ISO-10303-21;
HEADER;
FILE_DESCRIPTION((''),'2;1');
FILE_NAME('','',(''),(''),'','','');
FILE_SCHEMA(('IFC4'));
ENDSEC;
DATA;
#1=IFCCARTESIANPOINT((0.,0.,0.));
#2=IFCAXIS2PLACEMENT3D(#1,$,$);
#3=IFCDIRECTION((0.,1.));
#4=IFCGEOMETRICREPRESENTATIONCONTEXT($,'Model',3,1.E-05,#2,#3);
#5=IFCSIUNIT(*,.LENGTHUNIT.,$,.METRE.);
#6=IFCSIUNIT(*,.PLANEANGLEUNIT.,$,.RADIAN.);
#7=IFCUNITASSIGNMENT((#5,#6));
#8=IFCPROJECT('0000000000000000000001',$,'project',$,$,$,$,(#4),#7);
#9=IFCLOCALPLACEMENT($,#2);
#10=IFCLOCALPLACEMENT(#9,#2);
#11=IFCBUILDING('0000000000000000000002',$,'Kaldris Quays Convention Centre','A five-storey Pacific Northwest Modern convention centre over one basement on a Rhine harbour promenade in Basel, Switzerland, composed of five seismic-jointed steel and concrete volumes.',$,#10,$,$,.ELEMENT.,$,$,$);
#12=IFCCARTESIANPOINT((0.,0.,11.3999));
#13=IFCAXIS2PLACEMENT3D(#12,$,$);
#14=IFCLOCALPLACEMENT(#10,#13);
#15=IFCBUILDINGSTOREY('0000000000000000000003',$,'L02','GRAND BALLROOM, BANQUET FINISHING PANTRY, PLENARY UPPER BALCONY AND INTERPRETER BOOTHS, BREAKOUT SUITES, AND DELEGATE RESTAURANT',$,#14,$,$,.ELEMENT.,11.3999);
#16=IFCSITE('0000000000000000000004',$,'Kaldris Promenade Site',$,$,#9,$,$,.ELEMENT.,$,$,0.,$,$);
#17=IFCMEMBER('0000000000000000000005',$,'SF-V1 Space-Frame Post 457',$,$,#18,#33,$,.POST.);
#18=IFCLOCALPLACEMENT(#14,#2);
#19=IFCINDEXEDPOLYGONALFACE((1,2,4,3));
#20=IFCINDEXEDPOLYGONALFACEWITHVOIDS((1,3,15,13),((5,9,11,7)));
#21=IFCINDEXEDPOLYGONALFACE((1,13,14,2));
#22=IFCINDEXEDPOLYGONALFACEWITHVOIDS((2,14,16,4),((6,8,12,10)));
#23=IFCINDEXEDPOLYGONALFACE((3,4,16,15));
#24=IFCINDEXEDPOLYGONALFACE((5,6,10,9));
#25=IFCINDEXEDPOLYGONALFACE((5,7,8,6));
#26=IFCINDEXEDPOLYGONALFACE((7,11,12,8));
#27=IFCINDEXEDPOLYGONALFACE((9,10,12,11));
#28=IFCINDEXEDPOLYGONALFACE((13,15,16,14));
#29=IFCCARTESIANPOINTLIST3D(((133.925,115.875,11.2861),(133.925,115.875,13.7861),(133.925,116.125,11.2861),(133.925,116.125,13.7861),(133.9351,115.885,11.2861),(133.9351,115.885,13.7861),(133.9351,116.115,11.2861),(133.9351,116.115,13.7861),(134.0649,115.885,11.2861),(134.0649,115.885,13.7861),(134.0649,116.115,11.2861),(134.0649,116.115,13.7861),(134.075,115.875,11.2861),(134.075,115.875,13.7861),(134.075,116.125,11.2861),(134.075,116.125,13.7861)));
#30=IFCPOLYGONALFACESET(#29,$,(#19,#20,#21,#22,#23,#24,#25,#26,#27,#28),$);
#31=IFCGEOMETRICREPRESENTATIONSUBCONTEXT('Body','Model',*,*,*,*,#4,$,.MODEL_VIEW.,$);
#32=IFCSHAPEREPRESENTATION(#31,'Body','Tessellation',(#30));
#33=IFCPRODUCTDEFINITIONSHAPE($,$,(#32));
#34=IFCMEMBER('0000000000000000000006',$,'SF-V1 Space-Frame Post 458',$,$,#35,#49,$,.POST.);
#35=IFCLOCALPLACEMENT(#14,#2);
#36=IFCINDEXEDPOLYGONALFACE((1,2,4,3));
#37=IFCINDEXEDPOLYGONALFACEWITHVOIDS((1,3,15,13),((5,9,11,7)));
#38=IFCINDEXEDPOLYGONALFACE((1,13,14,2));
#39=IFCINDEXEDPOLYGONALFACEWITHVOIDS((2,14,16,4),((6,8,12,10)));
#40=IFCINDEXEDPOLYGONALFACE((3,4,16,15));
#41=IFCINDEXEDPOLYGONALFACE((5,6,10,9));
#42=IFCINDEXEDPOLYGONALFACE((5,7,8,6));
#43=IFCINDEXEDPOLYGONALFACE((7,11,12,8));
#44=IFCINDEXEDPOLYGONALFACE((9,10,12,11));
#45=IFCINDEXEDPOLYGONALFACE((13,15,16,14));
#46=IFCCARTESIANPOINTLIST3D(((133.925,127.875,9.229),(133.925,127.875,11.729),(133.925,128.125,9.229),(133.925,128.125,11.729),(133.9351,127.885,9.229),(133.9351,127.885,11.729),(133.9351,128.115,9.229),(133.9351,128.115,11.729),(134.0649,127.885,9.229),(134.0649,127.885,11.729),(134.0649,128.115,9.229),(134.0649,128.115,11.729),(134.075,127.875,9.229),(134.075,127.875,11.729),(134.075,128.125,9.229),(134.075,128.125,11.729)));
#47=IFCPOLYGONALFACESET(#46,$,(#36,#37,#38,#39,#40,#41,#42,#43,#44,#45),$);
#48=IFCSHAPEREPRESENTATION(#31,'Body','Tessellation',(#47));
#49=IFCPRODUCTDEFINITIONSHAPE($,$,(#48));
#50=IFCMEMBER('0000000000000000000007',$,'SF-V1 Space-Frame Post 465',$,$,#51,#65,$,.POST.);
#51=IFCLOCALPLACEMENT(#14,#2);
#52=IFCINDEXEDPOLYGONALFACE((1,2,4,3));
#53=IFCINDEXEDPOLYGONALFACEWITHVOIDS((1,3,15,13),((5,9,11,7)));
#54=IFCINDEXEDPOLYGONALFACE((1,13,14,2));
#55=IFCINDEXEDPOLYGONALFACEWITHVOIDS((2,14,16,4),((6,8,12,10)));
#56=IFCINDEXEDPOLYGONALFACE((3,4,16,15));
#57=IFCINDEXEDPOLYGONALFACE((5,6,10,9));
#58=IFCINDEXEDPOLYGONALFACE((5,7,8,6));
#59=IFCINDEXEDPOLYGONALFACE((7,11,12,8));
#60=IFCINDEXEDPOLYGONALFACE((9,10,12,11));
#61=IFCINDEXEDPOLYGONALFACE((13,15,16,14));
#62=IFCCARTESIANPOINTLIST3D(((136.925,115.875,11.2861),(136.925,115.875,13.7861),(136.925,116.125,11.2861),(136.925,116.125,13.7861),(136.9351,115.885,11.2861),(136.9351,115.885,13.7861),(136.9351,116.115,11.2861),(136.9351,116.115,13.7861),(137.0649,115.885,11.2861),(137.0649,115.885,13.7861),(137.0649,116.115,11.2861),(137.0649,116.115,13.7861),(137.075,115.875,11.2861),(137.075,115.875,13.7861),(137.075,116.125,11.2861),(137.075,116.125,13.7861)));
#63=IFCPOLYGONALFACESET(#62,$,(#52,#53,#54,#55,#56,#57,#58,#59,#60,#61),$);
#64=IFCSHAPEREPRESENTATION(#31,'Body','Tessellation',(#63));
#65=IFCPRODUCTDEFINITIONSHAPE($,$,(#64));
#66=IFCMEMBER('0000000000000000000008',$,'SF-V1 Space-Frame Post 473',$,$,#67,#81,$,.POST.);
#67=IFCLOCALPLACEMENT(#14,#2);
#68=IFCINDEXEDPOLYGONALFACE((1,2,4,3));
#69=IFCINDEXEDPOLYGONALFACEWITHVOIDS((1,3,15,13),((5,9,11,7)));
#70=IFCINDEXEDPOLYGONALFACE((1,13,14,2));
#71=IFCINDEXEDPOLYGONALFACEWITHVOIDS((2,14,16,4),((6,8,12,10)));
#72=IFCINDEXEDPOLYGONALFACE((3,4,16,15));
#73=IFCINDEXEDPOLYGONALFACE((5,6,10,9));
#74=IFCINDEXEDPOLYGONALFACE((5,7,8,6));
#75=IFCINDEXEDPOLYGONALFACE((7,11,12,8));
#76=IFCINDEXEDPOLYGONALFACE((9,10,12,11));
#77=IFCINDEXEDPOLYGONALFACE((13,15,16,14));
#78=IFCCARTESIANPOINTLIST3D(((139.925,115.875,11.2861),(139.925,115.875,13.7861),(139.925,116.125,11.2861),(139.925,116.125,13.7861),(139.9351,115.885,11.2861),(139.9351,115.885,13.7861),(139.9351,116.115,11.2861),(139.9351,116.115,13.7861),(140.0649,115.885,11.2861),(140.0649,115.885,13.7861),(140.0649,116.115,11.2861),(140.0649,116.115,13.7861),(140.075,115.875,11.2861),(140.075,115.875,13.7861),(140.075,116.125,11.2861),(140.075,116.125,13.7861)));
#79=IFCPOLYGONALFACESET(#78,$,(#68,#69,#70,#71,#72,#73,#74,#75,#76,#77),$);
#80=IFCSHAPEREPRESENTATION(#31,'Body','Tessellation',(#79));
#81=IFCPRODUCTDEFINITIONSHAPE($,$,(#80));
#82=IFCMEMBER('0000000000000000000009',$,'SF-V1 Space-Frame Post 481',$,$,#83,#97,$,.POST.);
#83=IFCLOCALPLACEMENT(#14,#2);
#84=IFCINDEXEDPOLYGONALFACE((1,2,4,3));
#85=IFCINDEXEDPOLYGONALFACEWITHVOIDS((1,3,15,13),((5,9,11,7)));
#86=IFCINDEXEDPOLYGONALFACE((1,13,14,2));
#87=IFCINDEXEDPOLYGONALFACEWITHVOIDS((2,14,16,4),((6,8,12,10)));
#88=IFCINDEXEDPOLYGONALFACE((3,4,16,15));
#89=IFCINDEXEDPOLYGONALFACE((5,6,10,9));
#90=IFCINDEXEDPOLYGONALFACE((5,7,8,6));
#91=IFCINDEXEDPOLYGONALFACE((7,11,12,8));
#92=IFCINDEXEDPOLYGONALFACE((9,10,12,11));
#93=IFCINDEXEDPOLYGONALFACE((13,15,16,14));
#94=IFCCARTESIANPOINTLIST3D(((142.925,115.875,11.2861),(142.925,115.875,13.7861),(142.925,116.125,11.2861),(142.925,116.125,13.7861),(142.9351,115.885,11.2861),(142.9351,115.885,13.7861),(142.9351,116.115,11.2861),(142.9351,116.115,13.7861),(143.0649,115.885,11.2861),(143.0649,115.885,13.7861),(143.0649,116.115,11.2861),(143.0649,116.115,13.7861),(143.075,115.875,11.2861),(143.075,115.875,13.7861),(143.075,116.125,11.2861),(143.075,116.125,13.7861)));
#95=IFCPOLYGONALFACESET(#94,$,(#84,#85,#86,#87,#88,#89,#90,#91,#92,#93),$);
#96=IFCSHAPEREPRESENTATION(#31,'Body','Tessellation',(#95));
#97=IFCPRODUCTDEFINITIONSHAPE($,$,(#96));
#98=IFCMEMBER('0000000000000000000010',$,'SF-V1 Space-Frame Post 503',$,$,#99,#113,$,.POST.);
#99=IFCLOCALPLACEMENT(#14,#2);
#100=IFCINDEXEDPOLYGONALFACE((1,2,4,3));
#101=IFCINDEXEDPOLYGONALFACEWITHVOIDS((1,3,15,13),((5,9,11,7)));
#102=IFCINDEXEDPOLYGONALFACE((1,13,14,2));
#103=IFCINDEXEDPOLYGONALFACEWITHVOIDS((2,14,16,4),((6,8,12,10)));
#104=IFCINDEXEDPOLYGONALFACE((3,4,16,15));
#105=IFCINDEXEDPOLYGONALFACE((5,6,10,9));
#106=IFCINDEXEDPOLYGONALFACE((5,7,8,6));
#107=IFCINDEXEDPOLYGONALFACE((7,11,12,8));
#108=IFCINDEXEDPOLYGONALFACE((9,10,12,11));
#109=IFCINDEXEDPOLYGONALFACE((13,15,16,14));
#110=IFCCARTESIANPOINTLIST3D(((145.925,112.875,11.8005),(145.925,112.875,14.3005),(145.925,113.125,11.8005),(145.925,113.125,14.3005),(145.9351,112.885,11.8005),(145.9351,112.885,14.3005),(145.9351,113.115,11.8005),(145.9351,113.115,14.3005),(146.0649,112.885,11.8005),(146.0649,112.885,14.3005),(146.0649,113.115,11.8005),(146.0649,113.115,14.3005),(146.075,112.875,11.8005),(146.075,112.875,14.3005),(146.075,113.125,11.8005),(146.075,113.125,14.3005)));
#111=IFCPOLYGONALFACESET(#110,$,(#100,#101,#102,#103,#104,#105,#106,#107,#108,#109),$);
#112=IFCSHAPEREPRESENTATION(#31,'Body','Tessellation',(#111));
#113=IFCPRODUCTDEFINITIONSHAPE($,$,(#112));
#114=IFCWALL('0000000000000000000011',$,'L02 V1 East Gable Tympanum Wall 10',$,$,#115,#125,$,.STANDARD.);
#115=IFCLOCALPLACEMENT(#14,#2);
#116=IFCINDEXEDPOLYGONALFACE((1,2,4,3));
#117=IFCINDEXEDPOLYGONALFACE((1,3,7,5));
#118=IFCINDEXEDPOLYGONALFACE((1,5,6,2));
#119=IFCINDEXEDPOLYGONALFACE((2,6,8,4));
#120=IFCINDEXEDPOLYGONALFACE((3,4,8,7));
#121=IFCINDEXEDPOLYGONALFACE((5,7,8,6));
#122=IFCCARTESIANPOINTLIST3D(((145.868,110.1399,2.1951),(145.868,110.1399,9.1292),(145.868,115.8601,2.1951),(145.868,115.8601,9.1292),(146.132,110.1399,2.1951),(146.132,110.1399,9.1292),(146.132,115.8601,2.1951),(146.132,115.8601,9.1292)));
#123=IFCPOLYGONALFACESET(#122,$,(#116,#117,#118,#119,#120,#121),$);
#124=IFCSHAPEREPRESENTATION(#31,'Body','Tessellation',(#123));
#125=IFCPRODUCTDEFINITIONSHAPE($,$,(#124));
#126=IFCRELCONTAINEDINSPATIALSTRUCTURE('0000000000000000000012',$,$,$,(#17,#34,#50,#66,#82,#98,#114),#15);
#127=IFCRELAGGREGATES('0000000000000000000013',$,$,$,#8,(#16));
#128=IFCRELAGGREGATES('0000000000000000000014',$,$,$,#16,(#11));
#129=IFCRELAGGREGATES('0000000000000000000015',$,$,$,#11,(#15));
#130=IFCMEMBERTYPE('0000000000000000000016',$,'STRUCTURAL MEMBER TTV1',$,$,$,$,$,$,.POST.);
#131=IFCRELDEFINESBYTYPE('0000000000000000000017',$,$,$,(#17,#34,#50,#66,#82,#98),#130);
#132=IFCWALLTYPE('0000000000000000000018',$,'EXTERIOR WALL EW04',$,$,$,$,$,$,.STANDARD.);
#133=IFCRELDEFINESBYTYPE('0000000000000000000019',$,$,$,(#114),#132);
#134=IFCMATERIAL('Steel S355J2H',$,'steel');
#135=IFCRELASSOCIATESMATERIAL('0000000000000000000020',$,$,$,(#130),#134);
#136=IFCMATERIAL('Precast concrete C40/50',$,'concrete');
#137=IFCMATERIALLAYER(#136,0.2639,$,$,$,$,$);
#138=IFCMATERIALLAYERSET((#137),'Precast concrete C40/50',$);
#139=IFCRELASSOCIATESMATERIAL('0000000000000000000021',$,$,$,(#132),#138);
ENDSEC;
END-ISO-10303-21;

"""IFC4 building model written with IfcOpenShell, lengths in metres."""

from ifc_helpers import new_model, si_unit, direction, frame, frame_2d, origin, origin_2d, place, context, subcontext, project, spatial, rectangle, hollow_rectangle, extrude, material, layer, layer_set, material_profile, profile_set, type_object, element, save


model = new_model("IFC4")

# Units and contexts
model_context = context("Model", 3, precision=1e-05, world=origin(), true_north=direction((0.0, 1.0)))
body_context = subcontext(model_context, "Body", "Model", "MODEL_VIEW")
ifc_project = project(units=[si_unit("LENGTHUNIT", "METRE"), si_unit("PLANEANGLEUNIT", "RADIAN")], contexts=[model_context])

# Site, building, storey
site_placement = place(None, origin())
site = spatial("IfcSite", under=ifc_project, at=site_placement, Name="Kaldris Promenade Site", CompositionType="ELEMENT", RefElevation=0.0)
building_placement = place(site_placement, origin())
building = spatial("IfcBuilding", under=site, at=building_placement, Name="Kaldris Quays Convention Centre", Description="A five-storey Pacific Northwest Modern convention centre over one basement on a Rhine harbour promenade in Basel, Switzerland, composed of five seismic-jointed steel and concrete volumes.", CompositionType="ELEMENT")
storey_placement = place(building_placement, frame((0.0, 0.0, 11.3999)))
storey = spatial("IfcBuildingStorey", under=building, at=storey_placement, Name="L02", Description="GRAND BALLROOM, BANQUET FINISHING PANTRY, PLENARY UPPER BALCONY AND INTERPRETER BOOTHS, BREAKOUT SUITES, AND DELEGATE RESTAURANT", CompositionType="ELEMENT", Elevation=11.3999)

# Members
ifc_material_1 = material(Name="Steel S355J2H", Category="steel")
ifc_material_profile_1 = material_profile(ifc_material_1, hollow_rectangle(XDim=0.1499, YDim=0.25, WallThickness=0.01, at=origin_2d()), Name="RHS 250x150x10")
ifc_profile_set_1 = profile_set([ifc_material_profile_1], Name="Steel S355J2H")
member_type_1 = type_object("IfcMemberType", Name="STRUCTURAL MEMBER TTV1", PredefinedType="POST", material=ifc_profile_set_1)
for number, where, z_axis, x_axis, name in (
    (1, (134.0, 116.0, 11.2861), (0.0, 0.0, 1.0), (1.0, 0.0, 0.0), "SF-V1 Space-Frame Post 457"),
    (2, (134.0, 128.0, 9.229), (0.0, 0.0, 1.0), (1.0, 0.0, 0.0), "SF-V1 Space-Frame Post 458"),
    (3, (137.0, 116.0, 11.2861), (0.0, 0.0, 1.0), (1.0, 0.0, 0.0), "SF-V1 Space-Frame Post 465"),
    (4, (140.0, 116.0, 11.2861), (0.0, 0.0, 1.0), (1.0, 0.0, 0.0), "SF-V1 Space-Frame Post 473"),
    (5, (143.0, 116.0, 11.2861), (0.0, 0.0, 1.0), (1.0, 0.0, 0.0), "SF-V1 Space-Frame Post 481"),
    (6, (146.0, 113.0, 11.8005), (0.0, 0.0, 1.0), (1.0, 0.0, 0.0), "SF-V1 Space-Frame Post 503"),
):
    element("IfcMember", number, at=place(storey_placement, frame(where, z_axis=z_axis, x_axis=x_axis)), inside=storey, type_object=member_type_1, Name=name, PredefinedType="POST", context=body_context, shape_type="SweptSolid", body=[
        extrude(hollow_rectangle(XDim=0.1499, YDim=0.25, WallThickness=0.01, at=origin_2d()), origin(), (0.0, 0.0, 1.0), 2.5),
    ])

# Wall
ifc_material_2 = material(Name="Precast concrete C40/50", Category="concrete")
ifc_layer = layer(ifc_material_2, 0.2639)
ifc_layer_set = layer_set([ifc_layer], Name="Precast concrete C40/50")
wall_type = type_object("IfcWallType", Name="EXTERIOR WALL EW04", PredefinedType="STANDARD", material=ifc_layer_set)
wall_placement = place(storey_placement, frame((146.0, 110.1399, 2.1951), z_axis=(0.0, 0.0, 1.0), x_axis=(0.0, 1.0, 0.0)))
element("IfcWall", 7, at=wall_placement, inside=storey, type_object=wall_type, Name="L02 V1 East Gable Tympanum Wall 10", PredefinedType="STANDARD", context=body_context, shape_type="SweptSolid", body=[
    extrude(rectangle(XDim=5.7202, YDim=0.2639, at=frame_2d((2.8601, 0.0))), origin(), (0.0, 0.0, 1.0), 6.9341),
])

save(model, "model.ifc")
